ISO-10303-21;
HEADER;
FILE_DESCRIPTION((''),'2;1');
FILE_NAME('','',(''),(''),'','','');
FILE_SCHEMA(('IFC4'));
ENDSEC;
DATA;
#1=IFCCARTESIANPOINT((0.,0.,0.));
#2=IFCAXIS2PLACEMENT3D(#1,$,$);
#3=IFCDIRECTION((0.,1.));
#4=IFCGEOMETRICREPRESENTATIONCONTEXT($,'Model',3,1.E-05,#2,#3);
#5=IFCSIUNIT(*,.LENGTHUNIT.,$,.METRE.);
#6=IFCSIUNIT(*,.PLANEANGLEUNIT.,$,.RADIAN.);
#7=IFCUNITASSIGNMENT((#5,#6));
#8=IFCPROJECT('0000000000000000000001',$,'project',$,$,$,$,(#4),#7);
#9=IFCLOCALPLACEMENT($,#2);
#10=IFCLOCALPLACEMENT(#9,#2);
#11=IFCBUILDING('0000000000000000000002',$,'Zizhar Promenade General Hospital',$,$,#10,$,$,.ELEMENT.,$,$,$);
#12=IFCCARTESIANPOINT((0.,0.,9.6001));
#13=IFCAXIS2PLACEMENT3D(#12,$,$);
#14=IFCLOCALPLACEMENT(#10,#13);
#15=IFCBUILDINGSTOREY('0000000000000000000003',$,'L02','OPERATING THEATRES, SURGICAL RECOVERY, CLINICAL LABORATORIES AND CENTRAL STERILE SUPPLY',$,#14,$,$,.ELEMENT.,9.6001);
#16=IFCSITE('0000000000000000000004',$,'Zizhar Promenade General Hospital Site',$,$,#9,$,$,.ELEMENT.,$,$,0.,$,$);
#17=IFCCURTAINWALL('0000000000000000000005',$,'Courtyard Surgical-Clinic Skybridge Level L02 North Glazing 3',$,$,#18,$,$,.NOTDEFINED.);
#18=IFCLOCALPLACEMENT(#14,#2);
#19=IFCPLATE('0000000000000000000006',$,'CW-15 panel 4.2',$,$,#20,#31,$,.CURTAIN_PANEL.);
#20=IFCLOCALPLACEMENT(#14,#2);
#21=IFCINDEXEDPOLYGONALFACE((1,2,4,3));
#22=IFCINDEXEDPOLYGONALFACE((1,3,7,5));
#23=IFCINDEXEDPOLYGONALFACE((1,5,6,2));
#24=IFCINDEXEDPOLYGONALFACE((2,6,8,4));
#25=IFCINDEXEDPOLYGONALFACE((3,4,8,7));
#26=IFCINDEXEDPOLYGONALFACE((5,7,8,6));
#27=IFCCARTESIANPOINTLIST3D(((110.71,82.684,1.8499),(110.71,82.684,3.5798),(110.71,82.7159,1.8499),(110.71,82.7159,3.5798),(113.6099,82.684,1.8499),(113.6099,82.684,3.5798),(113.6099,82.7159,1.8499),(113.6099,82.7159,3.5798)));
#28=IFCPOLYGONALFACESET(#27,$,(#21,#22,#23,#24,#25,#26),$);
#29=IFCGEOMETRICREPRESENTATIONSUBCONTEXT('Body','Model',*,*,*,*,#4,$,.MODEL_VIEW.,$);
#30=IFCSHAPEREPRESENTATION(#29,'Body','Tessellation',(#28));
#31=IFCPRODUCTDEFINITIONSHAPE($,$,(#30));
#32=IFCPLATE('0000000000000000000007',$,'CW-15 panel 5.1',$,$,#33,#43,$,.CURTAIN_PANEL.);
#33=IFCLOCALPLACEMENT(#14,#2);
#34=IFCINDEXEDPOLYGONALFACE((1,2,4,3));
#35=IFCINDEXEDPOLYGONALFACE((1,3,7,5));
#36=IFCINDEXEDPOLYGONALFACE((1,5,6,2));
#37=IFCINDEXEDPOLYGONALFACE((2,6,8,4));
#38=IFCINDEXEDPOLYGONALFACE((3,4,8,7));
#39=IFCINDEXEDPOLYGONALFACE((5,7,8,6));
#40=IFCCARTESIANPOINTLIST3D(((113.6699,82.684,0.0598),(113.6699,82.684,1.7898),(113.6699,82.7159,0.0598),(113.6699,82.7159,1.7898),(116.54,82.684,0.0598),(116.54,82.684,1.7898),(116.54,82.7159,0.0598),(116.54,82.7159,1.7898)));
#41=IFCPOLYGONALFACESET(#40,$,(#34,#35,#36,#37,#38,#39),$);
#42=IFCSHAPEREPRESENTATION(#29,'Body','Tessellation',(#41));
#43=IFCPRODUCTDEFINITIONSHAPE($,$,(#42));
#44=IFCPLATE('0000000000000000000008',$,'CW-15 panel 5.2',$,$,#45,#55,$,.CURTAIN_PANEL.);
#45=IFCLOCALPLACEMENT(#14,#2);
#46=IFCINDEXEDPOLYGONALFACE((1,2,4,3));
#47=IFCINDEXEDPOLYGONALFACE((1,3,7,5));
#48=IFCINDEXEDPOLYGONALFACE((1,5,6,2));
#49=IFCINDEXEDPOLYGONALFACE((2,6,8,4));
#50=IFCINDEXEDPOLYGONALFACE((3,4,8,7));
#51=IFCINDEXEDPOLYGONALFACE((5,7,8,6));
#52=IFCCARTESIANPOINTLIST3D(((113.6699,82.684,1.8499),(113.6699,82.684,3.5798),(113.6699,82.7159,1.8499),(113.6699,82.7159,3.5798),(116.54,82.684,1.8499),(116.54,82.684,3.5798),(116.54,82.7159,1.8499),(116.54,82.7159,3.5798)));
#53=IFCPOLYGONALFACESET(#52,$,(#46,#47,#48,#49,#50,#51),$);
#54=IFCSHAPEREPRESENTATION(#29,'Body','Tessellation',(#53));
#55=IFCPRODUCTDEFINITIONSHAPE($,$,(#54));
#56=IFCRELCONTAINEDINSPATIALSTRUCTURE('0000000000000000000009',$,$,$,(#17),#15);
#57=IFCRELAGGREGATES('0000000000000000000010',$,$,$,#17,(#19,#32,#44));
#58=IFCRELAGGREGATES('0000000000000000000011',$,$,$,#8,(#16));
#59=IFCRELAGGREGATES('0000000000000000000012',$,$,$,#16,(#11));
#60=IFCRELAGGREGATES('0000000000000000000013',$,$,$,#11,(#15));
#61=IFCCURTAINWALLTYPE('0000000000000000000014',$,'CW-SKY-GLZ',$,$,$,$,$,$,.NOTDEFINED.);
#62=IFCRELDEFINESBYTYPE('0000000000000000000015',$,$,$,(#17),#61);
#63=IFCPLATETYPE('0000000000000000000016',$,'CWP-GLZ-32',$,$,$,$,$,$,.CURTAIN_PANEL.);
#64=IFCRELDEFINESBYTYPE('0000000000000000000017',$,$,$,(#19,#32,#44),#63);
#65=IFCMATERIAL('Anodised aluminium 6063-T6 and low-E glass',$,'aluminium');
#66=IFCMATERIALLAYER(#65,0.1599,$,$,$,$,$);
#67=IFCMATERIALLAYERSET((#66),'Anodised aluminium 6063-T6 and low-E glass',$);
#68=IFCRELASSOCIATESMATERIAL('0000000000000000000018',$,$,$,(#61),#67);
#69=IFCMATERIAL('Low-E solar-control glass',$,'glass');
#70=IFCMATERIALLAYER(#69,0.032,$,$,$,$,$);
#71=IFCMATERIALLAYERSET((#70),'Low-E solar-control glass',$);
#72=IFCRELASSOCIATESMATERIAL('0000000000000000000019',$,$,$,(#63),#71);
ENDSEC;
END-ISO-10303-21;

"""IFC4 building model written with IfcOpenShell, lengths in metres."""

from ifc_helpers import new_model, si_unit, direction, frame, origin, origin_2d, place, context, subcontext, project, spatial, rectangle, extrude, material, layer, layer_set, type_object, element, aggregate, save


model = new_model("IFC4")

# Units and contexts
model_context = context("Model", 3, precision=1e-05, world=origin(), true_north=direction((0.0, 1.0)))
body_context = subcontext(model_context, "Body", "Model", "MODEL_VIEW")
ifc_project = project(units=[si_unit("LENGTHUNIT", "METRE"), si_unit("PLANEANGLEUNIT", "RADIAN")], contexts=[model_context])

# Site, building, storey
site_placement = place(None, origin())
site = spatial("IfcSite", under=ifc_project, at=site_placement, Name="Zizhar Promenade General Hospital Site", CompositionType="ELEMENT", RefElevation=0.0)
building_placement = place(site_placement, origin())
building = spatial("IfcBuilding", under=site, at=building_placement, Name="Zizhar Promenade General Hospital", CompositionType="ELEMENT")
storey_placement = place(building_placement, frame((0.0, 0.0, 9.6001)))
storey = spatial("IfcBuildingStorey", under=building, at=storey_placement, Name="L02", Description="OPERATING THEATRES, SURGICAL RECOVERY, CLINICAL LABORATORIES AND CENTRAL STERILE SUPPLY", CompositionType="ELEMENT", Elevation=9.6001)

# Curtain wall
ifc_material_1 = material(Name="Anodised aluminium 6063-T6 and low-E glass", Category="aluminium")
ifc_layer_1 = layer(ifc_material_1, 0.1599)
ifc_layer_set_1 = layer_set([ifc_layer_1], Name="Anodised aluminium 6063-T6 and low-E glass")
curtain_wall_type = type_object("IfcCurtainWallType", Name="CW-SKY-GLZ", PredefinedType="NOTDEFINED", material=ifc_layer_set_1)
curtain_wall_1_placement = place(storey_placement, origin())
curtain_wall_1 = element("IfcCurtainWall", 1, at=curtain_wall_1_placement, inside=storey, type_object=curtain_wall_type, Name="Courtyard Surgical-Clinic Skybridge Level L02 North Glazing 3", PredefinedType="NOTDEFINED")

# Plates
ifc_material_2 = material(Name="Low-E solar-control glass", Category="glass")
ifc_layer_2 = layer(ifc_material_2, 0.032)
ifc_layer_set_2 = layer_set([ifc_layer_2], Name="Low-E solar-control glass")
plate_type = type_object("IfcPlateType", Name="CWP-GLZ-32", PredefinedType="CURTAIN_PANEL", material=ifc_layer_set_2)
plate_1_placement = place(storey_placement, frame((112.1599, 82.7, 1.8499), z_axis=(0.0, 0.0, 1.0), x_axis=(1.0, 0.0, 0.0)))
plate_1 = element("IfcPlate", 2, at=plate_1_placement, type_object=plate_type, Name="CW-15 panel 4.2", PredefinedType="CURTAIN_PANEL", context=body_context, shape_type="SweptSolid", body=[
    extrude(rectangle(XDim=2.8999, YDim=0.032, at=origin_2d()), origin(), (0.0, 0.0, 1.0), 1.73),
])
plate_2_placement = place(storey_placement, frame((115.105, 82.7, 0.0598), z_axis=(0.0, 0.0, 1.0), x_axis=(1.0, 0.0, 0.0)))
plate_2 = element("IfcPlate", 3, at=plate_2_placement, type_object=plate_type, Name="CW-15 panel 5.1", PredefinedType="CURTAIN_PANEL", context=body_context, shape_type="SweptSolid", body=[
    extrude(rectangle(XDim=2.8701, YDim=0.032, at=origin_2d()), origin(), (0.0, 0.0, 1.0), 1.73),
])
plate_3_placement = place(storey_placement, frame((115.105, 82.7, 1.8499), z_axis=(0.0, 0.0, 1.0), x_axis=(1.0, 0.0, 0.0)))
plate_3 = element("IfcPlate", 4, at=plate_3_placement, type_object=plate_type, Name="CW-15 panel 5.2", PredefinedType="CURTAIN_PANEL", context=body_context, shape_type="SweptSolid", body=[
    extrude(rectangle(XDim=2.8701, YDim=0.032, at=origin_2d()), origin(), (0.0, 0.0, 1.0), 1.73),
])
aggregate(curtain_wall_1, [plate_1, plate_2, plate_3])

save(model, "model.ifc")
